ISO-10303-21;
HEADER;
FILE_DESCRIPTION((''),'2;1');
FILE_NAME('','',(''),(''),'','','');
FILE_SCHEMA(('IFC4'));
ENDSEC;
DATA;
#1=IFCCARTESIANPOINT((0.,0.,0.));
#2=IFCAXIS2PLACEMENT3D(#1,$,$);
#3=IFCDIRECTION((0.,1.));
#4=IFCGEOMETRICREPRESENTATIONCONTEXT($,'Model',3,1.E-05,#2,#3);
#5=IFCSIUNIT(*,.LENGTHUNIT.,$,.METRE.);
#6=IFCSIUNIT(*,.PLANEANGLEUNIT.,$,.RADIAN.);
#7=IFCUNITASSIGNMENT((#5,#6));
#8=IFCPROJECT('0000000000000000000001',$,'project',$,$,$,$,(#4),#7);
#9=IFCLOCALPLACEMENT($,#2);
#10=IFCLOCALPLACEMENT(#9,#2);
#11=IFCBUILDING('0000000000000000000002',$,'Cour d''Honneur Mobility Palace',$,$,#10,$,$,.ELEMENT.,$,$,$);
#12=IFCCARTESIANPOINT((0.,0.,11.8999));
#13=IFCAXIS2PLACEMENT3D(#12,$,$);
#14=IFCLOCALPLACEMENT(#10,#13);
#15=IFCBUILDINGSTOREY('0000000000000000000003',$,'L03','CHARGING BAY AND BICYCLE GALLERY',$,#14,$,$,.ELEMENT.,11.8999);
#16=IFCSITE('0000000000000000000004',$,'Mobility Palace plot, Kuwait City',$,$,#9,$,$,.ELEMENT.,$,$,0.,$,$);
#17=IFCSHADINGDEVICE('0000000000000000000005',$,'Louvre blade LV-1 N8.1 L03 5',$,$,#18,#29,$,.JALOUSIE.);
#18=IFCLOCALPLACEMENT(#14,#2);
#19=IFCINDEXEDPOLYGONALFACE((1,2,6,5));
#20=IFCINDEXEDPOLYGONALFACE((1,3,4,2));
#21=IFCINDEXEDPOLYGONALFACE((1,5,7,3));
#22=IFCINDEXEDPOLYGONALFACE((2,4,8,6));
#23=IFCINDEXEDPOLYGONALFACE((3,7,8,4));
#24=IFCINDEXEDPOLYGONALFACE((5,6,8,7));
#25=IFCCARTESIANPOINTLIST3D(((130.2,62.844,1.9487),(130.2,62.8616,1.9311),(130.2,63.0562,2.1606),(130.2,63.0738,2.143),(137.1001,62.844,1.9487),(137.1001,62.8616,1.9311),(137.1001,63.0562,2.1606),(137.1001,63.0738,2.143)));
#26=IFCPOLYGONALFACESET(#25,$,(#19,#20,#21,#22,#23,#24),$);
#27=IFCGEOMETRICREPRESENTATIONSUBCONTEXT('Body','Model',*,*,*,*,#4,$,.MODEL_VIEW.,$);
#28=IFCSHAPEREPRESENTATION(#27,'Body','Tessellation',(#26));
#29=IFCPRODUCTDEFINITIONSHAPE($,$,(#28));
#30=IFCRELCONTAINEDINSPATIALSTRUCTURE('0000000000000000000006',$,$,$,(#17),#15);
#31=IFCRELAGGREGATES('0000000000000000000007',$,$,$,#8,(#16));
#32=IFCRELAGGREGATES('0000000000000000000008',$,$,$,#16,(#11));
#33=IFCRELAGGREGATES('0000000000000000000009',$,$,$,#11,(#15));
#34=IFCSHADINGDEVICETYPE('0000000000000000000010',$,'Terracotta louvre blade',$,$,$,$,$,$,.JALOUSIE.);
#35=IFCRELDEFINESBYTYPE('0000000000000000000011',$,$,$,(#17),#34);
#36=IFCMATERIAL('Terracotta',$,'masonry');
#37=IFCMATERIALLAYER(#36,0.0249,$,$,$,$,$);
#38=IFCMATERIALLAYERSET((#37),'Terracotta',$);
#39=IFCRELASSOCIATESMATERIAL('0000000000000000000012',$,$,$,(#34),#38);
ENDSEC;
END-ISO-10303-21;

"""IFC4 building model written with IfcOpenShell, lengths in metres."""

from ifc_helpers import new_model, si_unit, direction, frame, origin, place, context, subcontext, project, spatial, polyline, outline, extrude, material, layer, layer_set, type_object, element, save


model = new_model("IFC4")

# Units and contexts
model_context = context("Model", 3, precision=1e-05, world=origin(), true_north=direction((0.0, 1.0)))
body_context = subcontext(model_context, "Body", "Model", "MODEL_VIEW")
ifc_project = project(units=[si_unit("LENGTHUNIT", "METRE"), si_unit("PLANEANGLEUNIT", "RADIAN")], contexts=[model_context])

# Site, building, storey
site_placement = place(None, origin())
site = spatial("IfcSite", under=ifc_project, at=site_placement, Name="Mobility Palace plot, Kuwait City", CompositionType="ELEMENT", RefElevation=0.0)
building_placement = place(site_placement, origin())
building = spatial("IfcBuilding", under=site, at=building_placement, Name="Cour d'Honneur Mobility Palace", CompositionType="ELEMENT")
storey_placement = place(building_placement, frame((0.0, 0.0, 11.8999)))
storey = spatial("IfcBuildingStorey", under=building, at=storey_placement, Name="L03", Description="CHARGING BAY AND BICYCLE GALLERY", CompositionType="ELEMENT", Elevation=11.8999)

# Shading device
ifc_material_1 = material(Name="Terracotta", Category="masonry")
ifc_layer_1 = layer(ifc_material_1, 0.0249)
ifc_layer_set_1 = layer_set([ifc_layer_1], Name="Terracotta")
shading_device_type = type_object("IfcShadingDeviceType", Name="Terracotta louvre blade", PredefinedType="JALOUSIE", material=ifc_layer_set_1)
shading_device_placement = place(storey_placement, frame((137.1001, 62.844, 1.9487), z_axis=(0.0, -0.7067, 0.707514), x_axis=(-1.0, 0.0, 0.0)))
element("IfcShadingDevice", 1, at=shading_device_placement, inside=storey, type_object=shading_device_type, Name="Louvre blade LV-1 N8.1 L03 5", PredefinedType="JALOUSIE", context=body_context, shape_type="SweptSolid", body=[
    extrude(outline(polyline([(0.0, 0.0), (6.9001, 0.0), (6.9001, -0.2999), (0.0, -0.2999), (0.0, 0.0)])), origin(), (0.0, 0.0, -1.0), 0.0249),
])

save(model, "model.ifc")
